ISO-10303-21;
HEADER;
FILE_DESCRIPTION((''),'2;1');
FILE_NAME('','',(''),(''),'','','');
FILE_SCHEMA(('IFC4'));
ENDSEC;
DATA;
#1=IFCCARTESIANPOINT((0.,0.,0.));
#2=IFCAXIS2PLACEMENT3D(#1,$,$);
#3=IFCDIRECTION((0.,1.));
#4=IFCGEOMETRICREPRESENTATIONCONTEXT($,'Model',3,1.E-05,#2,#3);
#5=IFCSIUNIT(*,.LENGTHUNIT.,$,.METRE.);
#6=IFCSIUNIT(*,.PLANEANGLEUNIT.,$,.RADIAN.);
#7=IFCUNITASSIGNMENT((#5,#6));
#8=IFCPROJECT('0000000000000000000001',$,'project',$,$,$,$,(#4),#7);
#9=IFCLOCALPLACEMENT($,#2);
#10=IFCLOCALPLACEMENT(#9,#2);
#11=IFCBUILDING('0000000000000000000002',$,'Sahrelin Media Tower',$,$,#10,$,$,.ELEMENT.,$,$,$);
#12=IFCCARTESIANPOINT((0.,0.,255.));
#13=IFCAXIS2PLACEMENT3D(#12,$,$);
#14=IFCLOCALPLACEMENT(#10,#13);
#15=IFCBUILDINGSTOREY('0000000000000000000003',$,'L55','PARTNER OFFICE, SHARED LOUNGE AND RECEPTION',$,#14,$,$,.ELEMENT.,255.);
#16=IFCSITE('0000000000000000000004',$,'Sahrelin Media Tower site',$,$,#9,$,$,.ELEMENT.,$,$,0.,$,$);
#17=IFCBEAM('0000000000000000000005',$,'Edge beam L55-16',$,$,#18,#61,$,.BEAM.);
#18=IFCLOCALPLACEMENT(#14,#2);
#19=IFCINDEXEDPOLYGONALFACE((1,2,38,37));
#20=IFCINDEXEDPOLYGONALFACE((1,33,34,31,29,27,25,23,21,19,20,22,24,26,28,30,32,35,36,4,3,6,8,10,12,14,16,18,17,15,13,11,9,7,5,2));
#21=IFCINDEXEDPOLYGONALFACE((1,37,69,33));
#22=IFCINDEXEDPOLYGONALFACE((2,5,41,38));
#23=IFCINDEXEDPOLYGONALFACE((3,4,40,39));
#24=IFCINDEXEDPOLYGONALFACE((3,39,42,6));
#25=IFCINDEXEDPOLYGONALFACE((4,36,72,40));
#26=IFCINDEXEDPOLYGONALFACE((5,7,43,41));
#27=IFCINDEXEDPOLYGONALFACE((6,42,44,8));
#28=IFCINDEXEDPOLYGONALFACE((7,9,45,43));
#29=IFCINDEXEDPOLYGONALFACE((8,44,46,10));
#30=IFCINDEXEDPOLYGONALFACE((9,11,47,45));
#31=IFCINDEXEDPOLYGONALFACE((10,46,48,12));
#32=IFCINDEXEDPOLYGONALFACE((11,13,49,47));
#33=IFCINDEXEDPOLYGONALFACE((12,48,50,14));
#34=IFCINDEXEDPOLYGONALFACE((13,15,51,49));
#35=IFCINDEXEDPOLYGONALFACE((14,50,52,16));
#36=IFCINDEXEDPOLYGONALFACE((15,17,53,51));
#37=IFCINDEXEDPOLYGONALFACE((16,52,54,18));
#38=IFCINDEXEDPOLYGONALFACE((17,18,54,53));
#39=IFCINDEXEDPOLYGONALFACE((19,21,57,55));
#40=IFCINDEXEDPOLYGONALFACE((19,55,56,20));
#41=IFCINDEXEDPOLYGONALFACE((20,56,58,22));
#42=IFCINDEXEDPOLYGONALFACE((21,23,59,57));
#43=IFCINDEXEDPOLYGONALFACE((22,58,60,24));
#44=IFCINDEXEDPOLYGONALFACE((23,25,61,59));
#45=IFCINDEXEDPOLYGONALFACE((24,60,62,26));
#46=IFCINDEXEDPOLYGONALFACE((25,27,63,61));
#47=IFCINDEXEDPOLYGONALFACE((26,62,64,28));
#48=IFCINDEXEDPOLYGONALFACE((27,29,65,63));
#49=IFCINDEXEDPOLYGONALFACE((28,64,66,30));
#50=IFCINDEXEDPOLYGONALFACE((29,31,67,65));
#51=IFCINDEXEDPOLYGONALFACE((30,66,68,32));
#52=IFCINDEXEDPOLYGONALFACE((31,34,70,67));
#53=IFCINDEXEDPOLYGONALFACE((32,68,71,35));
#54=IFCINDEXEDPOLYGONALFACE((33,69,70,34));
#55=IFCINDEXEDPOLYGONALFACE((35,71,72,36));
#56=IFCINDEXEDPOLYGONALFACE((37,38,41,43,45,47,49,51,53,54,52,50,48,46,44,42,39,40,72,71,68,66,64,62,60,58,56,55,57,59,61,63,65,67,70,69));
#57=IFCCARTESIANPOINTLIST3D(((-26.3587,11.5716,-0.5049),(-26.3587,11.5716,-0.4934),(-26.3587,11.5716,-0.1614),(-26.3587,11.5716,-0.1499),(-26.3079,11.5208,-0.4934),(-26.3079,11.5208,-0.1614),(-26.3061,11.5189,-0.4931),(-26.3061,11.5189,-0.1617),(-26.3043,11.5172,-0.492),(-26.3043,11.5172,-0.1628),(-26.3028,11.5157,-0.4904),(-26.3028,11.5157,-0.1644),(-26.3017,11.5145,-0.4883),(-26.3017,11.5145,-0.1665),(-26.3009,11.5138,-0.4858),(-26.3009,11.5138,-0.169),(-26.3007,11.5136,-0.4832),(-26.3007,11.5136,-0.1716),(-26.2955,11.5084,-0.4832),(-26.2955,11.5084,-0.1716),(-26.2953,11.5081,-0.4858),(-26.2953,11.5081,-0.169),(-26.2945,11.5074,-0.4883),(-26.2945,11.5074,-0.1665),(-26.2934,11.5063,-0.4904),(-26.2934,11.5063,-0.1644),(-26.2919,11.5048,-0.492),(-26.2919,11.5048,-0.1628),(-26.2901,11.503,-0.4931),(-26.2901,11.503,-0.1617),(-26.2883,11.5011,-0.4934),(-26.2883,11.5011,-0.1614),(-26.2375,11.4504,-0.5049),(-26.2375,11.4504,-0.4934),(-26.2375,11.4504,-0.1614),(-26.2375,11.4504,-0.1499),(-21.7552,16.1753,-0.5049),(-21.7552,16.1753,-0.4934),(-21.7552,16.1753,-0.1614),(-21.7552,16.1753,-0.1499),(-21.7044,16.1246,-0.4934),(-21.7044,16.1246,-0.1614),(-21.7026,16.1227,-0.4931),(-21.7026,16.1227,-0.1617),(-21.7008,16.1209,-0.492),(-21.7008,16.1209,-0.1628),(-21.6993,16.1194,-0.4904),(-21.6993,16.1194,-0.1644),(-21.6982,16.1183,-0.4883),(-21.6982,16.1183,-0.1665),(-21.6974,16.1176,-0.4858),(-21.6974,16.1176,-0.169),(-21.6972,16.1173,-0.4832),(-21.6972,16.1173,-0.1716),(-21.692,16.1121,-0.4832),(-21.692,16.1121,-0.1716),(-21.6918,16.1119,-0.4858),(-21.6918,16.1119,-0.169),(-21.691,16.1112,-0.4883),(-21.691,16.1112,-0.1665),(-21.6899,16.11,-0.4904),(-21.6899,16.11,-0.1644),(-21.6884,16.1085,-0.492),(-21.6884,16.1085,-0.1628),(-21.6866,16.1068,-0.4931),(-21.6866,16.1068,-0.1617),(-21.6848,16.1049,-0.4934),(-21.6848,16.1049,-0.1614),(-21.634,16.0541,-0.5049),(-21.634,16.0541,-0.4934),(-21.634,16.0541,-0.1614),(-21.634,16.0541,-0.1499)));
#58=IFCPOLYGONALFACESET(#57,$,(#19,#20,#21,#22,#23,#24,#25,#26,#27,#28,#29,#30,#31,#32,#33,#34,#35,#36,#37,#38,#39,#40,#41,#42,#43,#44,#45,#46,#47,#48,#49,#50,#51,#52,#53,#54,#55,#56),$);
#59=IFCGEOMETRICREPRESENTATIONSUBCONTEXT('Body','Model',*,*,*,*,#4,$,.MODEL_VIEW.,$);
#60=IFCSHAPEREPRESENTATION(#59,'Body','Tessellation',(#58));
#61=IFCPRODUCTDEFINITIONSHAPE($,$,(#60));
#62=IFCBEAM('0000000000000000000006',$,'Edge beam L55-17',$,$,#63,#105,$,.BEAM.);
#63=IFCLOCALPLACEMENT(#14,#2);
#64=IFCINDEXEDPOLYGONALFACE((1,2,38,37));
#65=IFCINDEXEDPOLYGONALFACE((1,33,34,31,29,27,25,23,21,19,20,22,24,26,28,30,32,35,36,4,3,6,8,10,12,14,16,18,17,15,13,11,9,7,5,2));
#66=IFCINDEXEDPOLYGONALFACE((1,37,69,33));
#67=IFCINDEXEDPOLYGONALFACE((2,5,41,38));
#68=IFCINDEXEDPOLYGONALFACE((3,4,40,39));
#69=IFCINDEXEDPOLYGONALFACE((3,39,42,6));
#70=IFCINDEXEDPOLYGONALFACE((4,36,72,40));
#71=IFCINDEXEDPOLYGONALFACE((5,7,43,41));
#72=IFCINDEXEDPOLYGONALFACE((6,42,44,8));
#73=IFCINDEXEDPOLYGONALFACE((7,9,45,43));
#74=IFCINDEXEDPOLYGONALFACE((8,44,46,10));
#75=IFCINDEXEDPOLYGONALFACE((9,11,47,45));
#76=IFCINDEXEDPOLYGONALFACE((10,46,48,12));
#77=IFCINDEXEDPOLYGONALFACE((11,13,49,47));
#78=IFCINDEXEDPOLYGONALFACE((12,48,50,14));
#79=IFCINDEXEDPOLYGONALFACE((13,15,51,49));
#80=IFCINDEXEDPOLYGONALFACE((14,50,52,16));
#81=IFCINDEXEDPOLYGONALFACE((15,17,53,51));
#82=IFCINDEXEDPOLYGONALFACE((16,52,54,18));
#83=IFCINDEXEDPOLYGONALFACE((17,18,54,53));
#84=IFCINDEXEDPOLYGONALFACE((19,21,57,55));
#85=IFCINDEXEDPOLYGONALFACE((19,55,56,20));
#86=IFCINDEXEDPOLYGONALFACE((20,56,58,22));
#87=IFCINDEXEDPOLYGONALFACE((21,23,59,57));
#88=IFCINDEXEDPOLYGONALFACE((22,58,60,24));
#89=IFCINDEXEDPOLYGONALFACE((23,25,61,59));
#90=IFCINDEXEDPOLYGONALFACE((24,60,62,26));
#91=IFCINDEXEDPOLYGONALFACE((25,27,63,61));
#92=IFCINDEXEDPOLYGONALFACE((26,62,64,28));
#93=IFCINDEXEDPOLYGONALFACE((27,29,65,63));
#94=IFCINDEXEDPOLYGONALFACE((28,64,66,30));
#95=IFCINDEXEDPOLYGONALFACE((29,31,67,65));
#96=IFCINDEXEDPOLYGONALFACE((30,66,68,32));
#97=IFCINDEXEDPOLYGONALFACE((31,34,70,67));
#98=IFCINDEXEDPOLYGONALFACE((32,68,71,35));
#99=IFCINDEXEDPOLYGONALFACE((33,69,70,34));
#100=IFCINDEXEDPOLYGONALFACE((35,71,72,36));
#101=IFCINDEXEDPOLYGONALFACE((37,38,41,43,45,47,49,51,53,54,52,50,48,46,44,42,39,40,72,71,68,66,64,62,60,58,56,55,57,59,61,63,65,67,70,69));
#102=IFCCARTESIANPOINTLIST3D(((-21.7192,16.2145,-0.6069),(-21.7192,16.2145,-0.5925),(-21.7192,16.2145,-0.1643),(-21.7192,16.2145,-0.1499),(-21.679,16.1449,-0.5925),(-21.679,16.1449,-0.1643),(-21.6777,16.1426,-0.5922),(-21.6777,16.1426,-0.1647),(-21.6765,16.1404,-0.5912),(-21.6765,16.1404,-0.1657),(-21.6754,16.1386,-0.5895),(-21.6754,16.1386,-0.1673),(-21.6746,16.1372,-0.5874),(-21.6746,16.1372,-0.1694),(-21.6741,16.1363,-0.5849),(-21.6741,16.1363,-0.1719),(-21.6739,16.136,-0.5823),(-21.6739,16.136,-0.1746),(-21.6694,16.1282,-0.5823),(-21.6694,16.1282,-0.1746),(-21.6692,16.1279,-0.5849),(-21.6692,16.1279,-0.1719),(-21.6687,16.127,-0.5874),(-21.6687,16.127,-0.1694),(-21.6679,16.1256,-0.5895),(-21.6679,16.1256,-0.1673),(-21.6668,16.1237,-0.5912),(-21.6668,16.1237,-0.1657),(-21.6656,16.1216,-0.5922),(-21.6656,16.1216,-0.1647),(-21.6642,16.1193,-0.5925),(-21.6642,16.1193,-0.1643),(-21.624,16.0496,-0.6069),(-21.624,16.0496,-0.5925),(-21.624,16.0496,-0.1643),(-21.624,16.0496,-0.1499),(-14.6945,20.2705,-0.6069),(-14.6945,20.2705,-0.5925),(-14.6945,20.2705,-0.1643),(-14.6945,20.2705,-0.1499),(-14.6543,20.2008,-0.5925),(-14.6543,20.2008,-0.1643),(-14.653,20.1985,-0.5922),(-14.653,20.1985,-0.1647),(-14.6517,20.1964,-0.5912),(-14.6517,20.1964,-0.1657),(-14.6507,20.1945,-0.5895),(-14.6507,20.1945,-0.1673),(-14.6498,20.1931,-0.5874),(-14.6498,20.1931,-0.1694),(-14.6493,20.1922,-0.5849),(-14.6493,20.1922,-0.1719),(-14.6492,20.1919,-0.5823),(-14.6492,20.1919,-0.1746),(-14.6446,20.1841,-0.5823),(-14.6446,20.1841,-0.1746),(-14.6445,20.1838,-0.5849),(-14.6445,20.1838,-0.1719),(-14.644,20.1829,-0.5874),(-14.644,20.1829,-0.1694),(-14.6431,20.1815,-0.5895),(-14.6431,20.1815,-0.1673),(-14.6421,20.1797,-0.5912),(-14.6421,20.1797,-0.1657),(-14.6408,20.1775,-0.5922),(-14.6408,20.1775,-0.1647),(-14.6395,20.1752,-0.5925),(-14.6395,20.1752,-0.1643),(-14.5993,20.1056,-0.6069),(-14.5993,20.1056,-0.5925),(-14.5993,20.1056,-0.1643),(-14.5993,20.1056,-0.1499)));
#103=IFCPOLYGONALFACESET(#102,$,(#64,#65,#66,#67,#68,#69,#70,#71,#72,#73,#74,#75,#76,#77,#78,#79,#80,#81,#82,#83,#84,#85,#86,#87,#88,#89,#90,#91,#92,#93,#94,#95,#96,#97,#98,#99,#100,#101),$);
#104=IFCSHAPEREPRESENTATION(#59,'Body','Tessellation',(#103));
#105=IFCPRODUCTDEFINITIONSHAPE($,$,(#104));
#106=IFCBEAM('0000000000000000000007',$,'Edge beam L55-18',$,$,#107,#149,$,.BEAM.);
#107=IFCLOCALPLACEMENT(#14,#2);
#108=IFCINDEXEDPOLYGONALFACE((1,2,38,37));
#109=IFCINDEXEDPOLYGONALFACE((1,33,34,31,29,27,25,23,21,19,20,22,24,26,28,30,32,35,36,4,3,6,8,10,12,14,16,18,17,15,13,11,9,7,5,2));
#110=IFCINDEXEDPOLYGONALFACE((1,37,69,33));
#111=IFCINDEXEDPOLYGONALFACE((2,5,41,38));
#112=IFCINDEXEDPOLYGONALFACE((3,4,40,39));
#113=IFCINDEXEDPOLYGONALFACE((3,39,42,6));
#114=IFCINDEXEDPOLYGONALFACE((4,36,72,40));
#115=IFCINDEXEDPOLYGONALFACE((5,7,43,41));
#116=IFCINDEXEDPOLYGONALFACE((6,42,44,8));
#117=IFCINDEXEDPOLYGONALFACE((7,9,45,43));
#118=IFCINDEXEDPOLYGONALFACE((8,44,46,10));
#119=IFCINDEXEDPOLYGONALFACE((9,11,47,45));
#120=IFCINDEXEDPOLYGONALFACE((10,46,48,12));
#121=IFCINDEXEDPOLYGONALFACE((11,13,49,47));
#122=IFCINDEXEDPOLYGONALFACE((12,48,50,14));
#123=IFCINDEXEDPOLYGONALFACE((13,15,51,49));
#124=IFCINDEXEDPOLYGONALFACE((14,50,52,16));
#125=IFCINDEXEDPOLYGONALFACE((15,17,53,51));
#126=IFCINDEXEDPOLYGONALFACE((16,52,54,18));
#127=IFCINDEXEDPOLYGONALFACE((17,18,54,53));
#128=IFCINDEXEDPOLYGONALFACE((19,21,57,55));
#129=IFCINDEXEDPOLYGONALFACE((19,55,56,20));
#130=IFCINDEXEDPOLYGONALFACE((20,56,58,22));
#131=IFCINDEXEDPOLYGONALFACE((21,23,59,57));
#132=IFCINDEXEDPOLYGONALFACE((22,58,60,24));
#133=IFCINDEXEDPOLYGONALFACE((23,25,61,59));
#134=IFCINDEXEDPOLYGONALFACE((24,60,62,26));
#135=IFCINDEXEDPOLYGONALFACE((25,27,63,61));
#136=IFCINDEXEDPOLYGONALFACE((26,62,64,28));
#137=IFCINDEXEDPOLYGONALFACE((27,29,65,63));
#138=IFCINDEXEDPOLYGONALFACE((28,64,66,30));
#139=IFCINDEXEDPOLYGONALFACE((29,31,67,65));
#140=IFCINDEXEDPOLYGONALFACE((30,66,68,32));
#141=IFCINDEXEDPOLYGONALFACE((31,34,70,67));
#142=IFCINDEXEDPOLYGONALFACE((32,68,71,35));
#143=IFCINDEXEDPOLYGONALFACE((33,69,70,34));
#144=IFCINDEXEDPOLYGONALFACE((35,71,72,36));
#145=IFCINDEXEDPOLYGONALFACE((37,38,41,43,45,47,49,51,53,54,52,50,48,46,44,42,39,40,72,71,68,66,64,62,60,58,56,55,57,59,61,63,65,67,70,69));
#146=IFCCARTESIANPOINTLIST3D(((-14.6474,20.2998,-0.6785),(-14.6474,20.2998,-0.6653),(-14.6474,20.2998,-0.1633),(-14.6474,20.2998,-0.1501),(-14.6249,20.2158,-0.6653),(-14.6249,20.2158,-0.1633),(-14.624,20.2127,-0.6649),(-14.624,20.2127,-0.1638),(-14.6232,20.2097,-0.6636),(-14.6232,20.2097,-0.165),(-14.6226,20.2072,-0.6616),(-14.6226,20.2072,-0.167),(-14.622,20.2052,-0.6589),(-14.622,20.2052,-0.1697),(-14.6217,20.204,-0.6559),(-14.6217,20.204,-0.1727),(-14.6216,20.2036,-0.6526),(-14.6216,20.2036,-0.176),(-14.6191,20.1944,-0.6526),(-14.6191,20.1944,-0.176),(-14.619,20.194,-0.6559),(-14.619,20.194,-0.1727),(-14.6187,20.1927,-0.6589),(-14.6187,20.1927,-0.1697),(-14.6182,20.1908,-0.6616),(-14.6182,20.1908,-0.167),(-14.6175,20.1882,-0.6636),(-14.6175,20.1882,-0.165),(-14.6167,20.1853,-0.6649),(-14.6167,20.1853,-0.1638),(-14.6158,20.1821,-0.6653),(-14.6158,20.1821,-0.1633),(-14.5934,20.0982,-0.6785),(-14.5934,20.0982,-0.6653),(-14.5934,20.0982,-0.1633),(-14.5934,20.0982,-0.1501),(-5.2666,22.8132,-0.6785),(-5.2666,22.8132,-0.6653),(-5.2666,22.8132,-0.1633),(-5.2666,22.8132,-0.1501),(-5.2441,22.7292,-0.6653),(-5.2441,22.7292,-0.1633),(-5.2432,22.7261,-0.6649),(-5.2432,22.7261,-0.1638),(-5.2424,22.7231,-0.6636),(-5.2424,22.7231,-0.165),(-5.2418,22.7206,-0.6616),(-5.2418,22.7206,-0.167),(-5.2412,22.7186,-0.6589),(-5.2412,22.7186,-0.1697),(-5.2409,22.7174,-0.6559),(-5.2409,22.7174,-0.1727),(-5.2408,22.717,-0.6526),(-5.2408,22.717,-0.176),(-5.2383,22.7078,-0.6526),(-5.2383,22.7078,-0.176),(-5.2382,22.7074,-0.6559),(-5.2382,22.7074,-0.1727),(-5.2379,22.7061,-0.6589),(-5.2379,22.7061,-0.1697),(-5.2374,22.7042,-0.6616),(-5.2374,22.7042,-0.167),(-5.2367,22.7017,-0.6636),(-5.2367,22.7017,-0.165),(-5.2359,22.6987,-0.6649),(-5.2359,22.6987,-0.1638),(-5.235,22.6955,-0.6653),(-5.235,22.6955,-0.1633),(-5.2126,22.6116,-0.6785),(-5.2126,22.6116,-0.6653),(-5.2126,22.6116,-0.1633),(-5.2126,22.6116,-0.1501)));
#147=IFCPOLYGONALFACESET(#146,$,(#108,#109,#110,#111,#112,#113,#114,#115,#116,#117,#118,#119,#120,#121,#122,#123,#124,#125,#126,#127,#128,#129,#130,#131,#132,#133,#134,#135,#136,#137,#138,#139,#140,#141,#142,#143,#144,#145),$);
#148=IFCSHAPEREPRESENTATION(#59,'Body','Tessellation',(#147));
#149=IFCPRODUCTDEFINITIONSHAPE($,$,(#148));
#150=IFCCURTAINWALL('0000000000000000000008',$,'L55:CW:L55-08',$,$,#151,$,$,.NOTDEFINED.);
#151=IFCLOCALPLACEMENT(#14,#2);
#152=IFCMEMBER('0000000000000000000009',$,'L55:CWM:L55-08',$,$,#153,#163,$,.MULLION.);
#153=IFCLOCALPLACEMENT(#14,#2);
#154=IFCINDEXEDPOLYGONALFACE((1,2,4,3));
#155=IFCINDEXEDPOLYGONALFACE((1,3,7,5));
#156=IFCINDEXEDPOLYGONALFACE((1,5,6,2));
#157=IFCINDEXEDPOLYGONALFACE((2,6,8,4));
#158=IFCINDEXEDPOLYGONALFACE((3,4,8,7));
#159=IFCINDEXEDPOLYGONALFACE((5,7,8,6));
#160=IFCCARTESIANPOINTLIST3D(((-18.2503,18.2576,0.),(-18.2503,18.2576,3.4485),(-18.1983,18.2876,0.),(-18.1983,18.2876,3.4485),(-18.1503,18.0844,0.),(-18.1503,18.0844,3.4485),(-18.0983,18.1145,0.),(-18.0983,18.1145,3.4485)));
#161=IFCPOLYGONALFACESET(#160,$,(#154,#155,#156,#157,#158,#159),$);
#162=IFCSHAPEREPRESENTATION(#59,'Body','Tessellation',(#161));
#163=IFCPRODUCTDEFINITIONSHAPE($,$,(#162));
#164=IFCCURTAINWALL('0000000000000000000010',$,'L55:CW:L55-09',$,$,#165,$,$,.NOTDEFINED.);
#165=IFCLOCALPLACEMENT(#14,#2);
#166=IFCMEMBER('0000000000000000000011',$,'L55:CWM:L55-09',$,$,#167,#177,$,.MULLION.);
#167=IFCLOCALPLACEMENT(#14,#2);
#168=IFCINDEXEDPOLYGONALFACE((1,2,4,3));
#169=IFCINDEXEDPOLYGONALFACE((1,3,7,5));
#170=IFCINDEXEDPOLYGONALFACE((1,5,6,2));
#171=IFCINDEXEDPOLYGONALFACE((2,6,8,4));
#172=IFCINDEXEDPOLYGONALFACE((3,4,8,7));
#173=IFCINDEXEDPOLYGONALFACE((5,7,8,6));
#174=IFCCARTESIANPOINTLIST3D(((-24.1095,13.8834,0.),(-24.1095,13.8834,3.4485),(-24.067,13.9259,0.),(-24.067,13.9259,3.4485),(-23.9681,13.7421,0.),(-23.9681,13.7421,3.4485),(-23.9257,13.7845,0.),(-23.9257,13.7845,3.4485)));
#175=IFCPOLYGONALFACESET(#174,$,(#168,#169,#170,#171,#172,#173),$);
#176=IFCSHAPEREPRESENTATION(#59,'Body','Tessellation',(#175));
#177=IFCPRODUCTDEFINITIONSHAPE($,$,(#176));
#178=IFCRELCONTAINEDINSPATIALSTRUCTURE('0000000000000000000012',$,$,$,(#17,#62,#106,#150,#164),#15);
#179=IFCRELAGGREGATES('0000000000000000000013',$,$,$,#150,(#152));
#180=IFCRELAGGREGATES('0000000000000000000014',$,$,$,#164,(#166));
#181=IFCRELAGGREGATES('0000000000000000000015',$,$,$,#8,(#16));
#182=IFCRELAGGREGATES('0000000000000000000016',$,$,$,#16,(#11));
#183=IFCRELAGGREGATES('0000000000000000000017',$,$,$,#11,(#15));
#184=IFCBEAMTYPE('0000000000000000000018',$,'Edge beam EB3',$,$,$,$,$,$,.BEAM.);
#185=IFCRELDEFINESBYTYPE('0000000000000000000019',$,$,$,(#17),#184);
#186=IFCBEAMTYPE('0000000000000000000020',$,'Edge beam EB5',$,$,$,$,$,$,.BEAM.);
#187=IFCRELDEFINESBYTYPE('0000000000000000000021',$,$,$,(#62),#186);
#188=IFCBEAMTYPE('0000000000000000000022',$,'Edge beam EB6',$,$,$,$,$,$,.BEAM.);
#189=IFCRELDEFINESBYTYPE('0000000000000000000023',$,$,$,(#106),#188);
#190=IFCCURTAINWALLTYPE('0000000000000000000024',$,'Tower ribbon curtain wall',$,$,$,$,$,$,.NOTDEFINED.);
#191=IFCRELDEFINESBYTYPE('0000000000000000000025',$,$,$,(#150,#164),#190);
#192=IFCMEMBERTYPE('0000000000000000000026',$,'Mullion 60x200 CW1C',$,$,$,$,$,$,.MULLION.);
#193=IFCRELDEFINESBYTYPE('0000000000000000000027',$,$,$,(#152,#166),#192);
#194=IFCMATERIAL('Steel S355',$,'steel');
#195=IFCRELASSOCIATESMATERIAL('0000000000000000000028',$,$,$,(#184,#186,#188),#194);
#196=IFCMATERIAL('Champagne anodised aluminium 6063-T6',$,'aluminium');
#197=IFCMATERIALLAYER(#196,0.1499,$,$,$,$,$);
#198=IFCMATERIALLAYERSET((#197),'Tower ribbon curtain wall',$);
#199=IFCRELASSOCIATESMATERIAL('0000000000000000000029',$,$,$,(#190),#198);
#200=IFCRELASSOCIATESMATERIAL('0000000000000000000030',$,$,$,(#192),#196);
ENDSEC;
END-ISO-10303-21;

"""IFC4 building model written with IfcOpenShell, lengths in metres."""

from ifc_helpers import new_model, si_unit, direction, frame, origin, origin_2d, place, context, subcontext, project, spatial, rectangle, i_section, extrude, material, layer, layer_set, material_profile, profile_set, type_object, element, aggregate, save


model = new_model("IFC4")

# Units and contexts
model_context = context("Model", 3, precision=1e-05, world=origin(), true_north=direction((0.0, 1.0)))
body_context = subcontext(model_context, "Body", "Model", "MODEL_VIEW")
ifc_project = project(units=[si_unit("LENGTHUNIT", "METRE"), si_unit("PLANEANGLEUNIT", "RADIAN")], contexts=[model_context])

# Site, building, storey
site_placement = place(None, origin())
site = spatial("IfcSite", under=ifc_project, at=site_placement, Name="Sahrelin Media Tower site", CompositionType="ELEMENT", RefElevation=0.0)
building_placement = place(site_placement, origin())
building = spatial("IfcBuilding", under=site, at=building_placement, Name="Sahrelin Media Tower", CompositionType="ELEMENT")
storey_placement = place(building_placement, frame((0.0, 0.0, 255.0)))
storey = spatial("IfcBuildingStorey", under=building, at=storey_placement, Name="L55", Description="PARTNER OFFICE, SHARED LOUNGE AND RECEPTION", CompositionType="ELEMENT", Elevation=255.0)

# Beams
ifc_material_1 = material(Name="Steel S355", Category="steel")
ifc_material_profile_1 = material_profile(ifc_material_1, i_section(OverallWidth=0.1714, OverallDepth=0.355, WebThickness=0.0073, FlangeThickness=0.0115, FilletRadius=0.0103, at=origin_2d()), Name="UB 356x171x51")
ifc_profile_set_1 = profile_set([ifc_material_profile_1], Name="Steel S355")
beam_type_1 = type_object("IfcBeamType", Name="Edge beam EB3", PredefinedType="BEAM", material=ifc_profile_set_1)
beam_1_placement = place(storey_placement, frame((-26.2981, 11.511, -0.3274), z_axis=(0.707088, 0.707126, 0.0), x_axis=(-0.707126, 0.707088, 0.0)))
element("IfcBeam", 1, at=beam_1_placement, inside=storey, type_object=beam_type_1, Name="Edge beam L55-16", PredefinedType="BEAM", context=body_context, shape_type="SweptSolid", body=[
    extrude(i_section(OverallWidth=0.1714, OverallDepth=0.355, WebThickness=0.0073, FlangeThickness=0.0115, FilletRadius=0.0103, at=origin_2d()), origin(), (0.0, 0.0, 1.0), 6.5105),
])
ifc_material_profile_2 = material_profile(ifc_material_1, i_section(OverallWidth=0.1904, OverallDepth=0.457, WebThickness=0.009, FlangeThickness=0.0144, FilletRadius=0.0103, at=origin_2d()), Name="UB 457x191x74")
ifc_profile_set_2 = profile_set([ifc_material_profile_2], Name="Steel S355")
beam_type_2 = type_object("IfcBeamType", Name="Edge beam EB5", PredefinedType="BEAM", material=ifc_profile_set_2)
beam_2_placement = place(storey_placement, frame((-21.6716, 16.1321, -0.3784), z_axis=(0.866014, 0.50002, 0.0), x_axis=(-0.50002, 0.866014, 0.0)))
element("IfcBeam", 2, at=beam_2_placement, inside=storey, type_object=beam_type_2, Name="Edge beam L55-17", PredefinedType="BEAM", context=body_context, shape_type="SweptSolid", body=[
    extrude(i_section(OverallWidth=0.1904, OverallDepth=0.457, WebThickness=0.009, FlangeThickness=0.0144, FilletRadius=0.0103, at=origin_2d()), origin(), (0.0, 0.0, 1.0), 8.1116),
])
ifc_material_profile_3 = material_profile(ifc_material_1, i_section(OverallWidth=0.2087, OverallDepth=0.5283, WebThickness=0.0095, FlangeThickness=0.0132, FilletRadius=0.0127, at=origin_2d()), Name="UB 533x210x82")
ifc_profile_set_3 = profile_set([ifc_material_profile_3], Name="Steel S355")
beam_type_3 = type_object("IfcBeamType", Name="Edge beam EB6", PredefinedType="BEAM", material=ifc_profile_set_3)
beam_3_placement = place(storey_placement, frame((-14.6204, 20.199, -0.4143), z_axis=(0.96593, 0.258803, 0.0), x_axis=(-0.258803, 0.96593, 0.0)))
element("IfcBeam", 3, at=beam_3_placement, inside=storey, type_object=beam_type_3, Name="Edge beam L55-18", PredefinedType="BEAM", context=body_context, shape_type="SweptSolid", body=[
    extrude(i_section(OverallWidth=0.2087, OverallDepth=0.5283, WebThickness=0.0095, FlangeThickness=0.0132, FilletRadius=0.0127, at=origin_2d()), origin(), (0.0, 0.0, 1.0), 9.7117),
])

# Curtain walls, members
ifc_material_2 = material(Name="Champagne anodised aluminium 6063-T6", Category="aluminium")
ifc_layer_1 = layer(ifc_material_2, 0.1499)
ifc_layer_set_1 = layer_set([ifc_layer_1], Name="Tower ribbon curtain wall")
curtain_wall_type = type_object("IfcCurtainWallType", Name="Tower ribbon curtain wall", PredefinedType="NOTDEFINED", material=ifc_layer_set_1)
curtain_wall_1_placement = place(storey_placement, frame((-18.2344, 18.29, 0.0), z_axis=(0.0, 0.0, 1.0), x_axis=(1.0, 0.0, 0.0)))
curtain_wall_1 = element("IfcCurtainWall", 4, at=curtain_wall_1_placement, inside=storey, type_object=curtain_wall_type, Name="L55:CW:L55-08", PredefinedType="NOTDEFINED")
ifc_material_profile_4 = material_profile(ifc_material_2, rectangle(XDim=0.0601, YDim=0.2, at=origin_2d()), Name="Mullion 60x200")
ifc_profile_set_4 = profile_set([ifc_material_profile_4], Name="Champagne anodised aluminium 6063-T6")
member_type_1 = type_object("IfcMemberType", Name="Mullion 60x200 CW1C", PredefinedType="MULLION", material=ifc_profile_set_4)
member_1_placement = place(storey_placement, frame((-18.1743, 18.186, 0.0), z_axis=(0.0, 0.0, 1.0), x_axis=(-0.866023, -0.500005, 0.0)))
member_1 = element("IfcMember", 5, at=member_1_placement, type_object=member_type_1, Name="L55:CWM:L55-08", PredefinedType="MULLION", context=body_context, shape_type="SweptSolid", body=[
    extrude(rectangle(XDim=0.0601, YDim=0.2, at=origin_2d()), origin(), (0.0, 0.0, 1.0), 3.4485),
])
curtain_wall_2_placement = place(storey_placement, frame((-24.1023, 13.9189, 0.0), z_axis=(0.0, 0.0, 1.0), x_axis=(1.0, 0.0, 0.0)))
curtain_wall_2 = element("IfcCurtainWall", 6, at=curtain_wall_2_placement, inside=storey, type_object=curtain_wall_type, Name="L55:CW:L55-09", PredefinedType="NOTDEFINED")
member_2_placement = place(storey_placement, frame((-24.0176, 13.834, 0.0), z_axis=(0.0, 0.0, 1.0), x_axis=(-0.707107, -0.707107, 0.0)))
member_2 = element("IfcMember", 7, at=member_2_placement, type_object=member_type_1, Name="L55:CWM:L55-09", PredefinedType="MULLION", context=body_context, shape_type="SweptSolid", body=[
    extrude(rectangle(XDim=0.0601, YDim=0.2, at=origin_2d()), origin(), (0.0, 0.0, 1.0), 3.4485),
])

aggregate(curtain_wall_1, [member_1])
aggregate(curtain_wall_2, [member_2])

save(model, "model.ifc")
